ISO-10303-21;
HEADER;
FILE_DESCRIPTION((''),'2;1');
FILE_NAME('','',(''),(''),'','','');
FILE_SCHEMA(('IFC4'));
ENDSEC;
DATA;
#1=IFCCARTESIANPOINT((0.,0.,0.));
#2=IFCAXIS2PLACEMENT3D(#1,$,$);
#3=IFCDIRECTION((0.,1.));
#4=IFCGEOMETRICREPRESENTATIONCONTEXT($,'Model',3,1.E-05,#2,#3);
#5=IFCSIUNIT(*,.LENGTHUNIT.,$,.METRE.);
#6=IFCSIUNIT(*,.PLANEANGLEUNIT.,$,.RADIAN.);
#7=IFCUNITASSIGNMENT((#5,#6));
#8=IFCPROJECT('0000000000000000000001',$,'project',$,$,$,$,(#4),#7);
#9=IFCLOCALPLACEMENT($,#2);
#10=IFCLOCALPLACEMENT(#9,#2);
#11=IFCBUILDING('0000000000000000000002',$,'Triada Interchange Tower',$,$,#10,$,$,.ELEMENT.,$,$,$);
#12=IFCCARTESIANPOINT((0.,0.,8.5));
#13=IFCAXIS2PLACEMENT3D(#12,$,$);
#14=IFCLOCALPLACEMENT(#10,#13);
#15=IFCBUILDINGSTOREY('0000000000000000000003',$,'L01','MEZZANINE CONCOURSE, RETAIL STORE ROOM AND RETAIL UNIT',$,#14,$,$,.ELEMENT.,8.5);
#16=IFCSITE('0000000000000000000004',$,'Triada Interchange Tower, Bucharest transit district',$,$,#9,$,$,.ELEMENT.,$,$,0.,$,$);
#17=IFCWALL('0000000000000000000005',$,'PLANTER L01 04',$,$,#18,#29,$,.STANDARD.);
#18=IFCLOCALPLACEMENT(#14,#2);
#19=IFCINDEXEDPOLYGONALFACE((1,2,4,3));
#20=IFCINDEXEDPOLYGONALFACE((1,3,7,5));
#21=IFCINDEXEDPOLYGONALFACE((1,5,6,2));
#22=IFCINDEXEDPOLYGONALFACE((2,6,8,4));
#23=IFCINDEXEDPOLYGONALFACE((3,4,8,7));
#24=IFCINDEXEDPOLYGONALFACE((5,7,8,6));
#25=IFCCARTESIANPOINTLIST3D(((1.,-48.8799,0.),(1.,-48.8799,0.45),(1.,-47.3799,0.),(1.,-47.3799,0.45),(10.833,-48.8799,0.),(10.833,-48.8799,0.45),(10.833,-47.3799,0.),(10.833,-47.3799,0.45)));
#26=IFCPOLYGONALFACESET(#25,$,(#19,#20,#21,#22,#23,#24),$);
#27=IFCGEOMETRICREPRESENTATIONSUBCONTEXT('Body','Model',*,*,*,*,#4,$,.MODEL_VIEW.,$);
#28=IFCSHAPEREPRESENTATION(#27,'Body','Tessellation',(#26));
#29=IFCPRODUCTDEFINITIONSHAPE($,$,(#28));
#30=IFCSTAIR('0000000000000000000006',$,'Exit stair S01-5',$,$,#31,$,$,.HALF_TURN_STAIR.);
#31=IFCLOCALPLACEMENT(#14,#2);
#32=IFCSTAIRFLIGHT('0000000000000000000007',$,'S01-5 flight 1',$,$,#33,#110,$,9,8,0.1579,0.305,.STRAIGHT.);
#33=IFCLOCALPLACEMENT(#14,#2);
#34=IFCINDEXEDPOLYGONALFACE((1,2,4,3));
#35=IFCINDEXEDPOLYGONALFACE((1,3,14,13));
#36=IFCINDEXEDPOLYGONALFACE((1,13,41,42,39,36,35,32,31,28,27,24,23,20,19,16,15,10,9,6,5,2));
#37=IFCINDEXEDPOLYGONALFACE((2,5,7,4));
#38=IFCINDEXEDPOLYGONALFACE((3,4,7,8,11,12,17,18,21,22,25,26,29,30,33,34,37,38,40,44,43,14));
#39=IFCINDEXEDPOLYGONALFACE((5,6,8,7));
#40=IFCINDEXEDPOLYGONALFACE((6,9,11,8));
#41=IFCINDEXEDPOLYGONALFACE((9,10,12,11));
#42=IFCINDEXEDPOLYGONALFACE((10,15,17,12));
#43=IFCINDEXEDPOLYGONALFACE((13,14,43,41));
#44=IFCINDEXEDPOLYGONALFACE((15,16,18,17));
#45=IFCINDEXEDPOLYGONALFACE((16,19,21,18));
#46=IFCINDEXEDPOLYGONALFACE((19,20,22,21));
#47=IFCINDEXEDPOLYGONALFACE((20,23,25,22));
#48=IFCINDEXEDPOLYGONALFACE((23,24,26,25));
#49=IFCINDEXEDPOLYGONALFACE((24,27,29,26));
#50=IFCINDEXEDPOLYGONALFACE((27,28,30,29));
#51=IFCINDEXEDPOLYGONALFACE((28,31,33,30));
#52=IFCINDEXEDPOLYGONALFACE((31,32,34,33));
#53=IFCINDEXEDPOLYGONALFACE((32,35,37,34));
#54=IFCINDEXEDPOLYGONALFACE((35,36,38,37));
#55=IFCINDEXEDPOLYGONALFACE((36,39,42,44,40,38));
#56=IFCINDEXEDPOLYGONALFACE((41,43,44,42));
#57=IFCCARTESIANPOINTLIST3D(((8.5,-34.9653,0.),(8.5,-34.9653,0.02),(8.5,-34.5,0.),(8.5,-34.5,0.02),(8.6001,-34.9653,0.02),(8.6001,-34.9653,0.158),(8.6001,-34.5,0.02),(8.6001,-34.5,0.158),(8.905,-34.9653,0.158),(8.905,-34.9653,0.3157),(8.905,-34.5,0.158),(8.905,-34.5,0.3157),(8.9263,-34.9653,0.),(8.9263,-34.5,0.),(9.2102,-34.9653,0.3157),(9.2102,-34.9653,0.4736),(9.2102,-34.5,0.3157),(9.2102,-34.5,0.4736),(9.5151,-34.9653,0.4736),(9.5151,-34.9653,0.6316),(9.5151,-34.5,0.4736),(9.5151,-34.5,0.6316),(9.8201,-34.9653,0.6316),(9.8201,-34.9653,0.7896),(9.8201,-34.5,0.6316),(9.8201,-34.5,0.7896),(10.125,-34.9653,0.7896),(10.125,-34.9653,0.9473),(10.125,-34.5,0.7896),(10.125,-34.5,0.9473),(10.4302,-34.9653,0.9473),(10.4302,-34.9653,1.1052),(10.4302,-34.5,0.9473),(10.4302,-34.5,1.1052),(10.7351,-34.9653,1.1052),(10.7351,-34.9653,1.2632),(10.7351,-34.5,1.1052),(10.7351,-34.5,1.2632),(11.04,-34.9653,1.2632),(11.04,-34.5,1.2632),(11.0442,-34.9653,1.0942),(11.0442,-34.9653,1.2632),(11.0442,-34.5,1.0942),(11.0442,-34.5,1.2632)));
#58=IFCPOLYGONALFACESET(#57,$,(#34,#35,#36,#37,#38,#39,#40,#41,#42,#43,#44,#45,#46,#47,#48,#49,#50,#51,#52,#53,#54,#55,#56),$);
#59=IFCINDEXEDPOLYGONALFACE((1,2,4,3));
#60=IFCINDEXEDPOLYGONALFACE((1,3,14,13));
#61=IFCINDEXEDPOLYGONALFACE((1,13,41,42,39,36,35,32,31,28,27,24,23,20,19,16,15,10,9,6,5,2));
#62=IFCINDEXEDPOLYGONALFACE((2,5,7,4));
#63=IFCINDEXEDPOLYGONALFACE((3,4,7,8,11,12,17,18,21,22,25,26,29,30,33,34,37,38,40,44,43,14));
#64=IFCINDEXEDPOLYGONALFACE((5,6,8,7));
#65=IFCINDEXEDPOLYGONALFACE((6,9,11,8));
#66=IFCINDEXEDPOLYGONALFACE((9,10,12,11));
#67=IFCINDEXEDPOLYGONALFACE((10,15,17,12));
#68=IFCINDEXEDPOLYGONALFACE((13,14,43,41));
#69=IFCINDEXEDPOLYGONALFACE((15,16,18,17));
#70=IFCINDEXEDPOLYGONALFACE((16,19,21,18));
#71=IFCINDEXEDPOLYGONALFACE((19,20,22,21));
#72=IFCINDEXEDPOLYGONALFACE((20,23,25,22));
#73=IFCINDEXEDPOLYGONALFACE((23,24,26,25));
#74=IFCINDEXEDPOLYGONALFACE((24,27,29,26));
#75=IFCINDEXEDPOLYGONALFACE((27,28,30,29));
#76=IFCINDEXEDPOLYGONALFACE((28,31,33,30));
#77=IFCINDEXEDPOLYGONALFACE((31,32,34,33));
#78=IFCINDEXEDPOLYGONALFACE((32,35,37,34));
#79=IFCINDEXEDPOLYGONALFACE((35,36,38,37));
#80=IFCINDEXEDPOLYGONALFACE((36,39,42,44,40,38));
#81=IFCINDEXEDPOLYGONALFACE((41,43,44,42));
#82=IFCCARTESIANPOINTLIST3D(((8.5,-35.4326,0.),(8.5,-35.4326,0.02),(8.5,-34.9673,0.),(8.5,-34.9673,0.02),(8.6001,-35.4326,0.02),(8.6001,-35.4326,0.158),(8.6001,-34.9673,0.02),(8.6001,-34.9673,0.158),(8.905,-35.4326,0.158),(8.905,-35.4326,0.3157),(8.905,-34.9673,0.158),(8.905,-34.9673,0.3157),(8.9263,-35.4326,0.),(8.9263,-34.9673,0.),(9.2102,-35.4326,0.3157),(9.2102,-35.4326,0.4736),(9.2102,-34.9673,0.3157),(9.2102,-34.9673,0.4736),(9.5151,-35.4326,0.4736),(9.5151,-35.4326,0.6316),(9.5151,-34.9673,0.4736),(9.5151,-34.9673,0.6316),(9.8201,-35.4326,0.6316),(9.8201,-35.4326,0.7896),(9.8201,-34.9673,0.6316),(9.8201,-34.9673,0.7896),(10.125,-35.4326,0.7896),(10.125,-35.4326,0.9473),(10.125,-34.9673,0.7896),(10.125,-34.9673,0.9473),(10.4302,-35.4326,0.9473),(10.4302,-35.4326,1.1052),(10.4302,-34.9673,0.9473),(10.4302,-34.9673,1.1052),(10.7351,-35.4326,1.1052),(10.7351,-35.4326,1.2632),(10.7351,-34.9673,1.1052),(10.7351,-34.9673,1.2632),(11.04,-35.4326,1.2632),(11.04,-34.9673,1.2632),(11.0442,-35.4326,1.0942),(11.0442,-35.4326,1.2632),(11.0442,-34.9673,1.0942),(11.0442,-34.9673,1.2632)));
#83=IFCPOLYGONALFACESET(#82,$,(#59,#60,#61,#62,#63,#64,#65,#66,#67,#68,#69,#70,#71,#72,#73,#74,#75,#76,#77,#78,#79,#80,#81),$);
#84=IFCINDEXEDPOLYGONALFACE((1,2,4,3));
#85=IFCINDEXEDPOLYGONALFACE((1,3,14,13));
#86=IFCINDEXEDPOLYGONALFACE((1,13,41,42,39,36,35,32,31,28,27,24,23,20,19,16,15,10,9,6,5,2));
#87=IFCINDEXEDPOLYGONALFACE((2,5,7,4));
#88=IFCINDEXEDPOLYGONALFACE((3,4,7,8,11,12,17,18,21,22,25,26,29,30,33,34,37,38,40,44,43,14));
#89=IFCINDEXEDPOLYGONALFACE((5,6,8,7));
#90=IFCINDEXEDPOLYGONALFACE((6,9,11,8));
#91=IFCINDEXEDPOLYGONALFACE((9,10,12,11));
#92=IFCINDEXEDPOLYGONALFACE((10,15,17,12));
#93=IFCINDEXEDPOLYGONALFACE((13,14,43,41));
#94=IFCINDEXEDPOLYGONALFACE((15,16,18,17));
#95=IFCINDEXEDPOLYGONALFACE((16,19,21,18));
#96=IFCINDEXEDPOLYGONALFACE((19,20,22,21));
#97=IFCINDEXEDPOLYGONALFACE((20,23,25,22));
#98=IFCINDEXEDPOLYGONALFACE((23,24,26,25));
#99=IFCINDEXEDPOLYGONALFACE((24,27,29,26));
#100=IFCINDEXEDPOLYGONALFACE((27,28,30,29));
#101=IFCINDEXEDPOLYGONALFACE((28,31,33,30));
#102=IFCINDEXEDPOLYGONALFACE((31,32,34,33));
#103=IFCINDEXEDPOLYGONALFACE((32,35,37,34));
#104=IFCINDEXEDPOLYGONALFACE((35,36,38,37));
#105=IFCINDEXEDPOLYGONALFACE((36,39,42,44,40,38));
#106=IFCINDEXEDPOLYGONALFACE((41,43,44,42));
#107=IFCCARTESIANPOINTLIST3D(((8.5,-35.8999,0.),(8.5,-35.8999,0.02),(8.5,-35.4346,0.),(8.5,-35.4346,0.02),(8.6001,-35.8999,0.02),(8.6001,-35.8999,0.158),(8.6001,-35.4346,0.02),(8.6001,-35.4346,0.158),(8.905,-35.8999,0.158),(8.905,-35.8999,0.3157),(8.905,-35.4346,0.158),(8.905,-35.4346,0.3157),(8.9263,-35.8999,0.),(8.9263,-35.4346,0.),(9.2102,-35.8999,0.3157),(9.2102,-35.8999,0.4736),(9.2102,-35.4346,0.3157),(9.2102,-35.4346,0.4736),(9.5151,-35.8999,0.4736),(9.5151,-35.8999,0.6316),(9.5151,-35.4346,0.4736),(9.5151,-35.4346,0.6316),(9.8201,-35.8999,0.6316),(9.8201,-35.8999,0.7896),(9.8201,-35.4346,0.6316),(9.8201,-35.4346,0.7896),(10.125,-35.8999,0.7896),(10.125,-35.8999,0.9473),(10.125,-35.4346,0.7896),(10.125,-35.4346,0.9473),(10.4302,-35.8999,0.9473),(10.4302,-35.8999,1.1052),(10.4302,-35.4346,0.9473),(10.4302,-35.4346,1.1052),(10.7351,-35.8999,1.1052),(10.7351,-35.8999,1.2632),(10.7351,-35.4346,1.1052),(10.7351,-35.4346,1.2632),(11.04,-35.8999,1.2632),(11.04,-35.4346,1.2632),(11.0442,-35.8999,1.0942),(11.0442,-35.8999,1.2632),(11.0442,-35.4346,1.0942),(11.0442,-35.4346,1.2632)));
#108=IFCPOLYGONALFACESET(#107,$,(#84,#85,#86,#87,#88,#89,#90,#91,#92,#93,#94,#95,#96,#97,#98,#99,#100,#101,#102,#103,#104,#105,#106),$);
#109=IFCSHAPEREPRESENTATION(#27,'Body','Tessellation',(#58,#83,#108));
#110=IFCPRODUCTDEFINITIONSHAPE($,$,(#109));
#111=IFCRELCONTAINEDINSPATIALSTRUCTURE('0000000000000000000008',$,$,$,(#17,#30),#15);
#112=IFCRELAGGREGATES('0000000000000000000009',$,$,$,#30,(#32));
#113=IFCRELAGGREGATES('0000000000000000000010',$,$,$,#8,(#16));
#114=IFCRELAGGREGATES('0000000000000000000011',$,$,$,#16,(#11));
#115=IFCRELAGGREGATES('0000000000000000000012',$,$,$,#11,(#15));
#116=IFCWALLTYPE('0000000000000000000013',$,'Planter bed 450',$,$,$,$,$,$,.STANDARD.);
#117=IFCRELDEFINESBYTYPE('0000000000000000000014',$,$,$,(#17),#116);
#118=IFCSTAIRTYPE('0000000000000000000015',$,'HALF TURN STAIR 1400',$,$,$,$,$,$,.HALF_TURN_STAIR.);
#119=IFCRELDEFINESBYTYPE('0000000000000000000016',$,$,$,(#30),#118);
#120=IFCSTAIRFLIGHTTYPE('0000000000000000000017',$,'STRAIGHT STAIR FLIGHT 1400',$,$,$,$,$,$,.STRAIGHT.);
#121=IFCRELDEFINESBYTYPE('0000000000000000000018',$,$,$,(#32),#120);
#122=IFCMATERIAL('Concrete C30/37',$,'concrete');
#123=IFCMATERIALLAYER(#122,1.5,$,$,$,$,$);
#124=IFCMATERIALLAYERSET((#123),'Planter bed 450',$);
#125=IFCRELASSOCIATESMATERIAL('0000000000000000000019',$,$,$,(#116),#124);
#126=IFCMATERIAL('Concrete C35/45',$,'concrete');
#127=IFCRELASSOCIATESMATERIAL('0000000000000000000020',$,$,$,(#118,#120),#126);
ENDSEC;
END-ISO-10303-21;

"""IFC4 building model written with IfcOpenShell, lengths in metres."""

from ifc_helpers import new_model, si_unit, direction, frame, frame_2d, origin, place, context, subcontext, project, spatial, polyline, rectangle, outline, extrude, material, layer, layer_set, type_object, element, aggregate, save


model = new_model("IFC4")

# Units and contexts
model_context = context("Model", 3, precision=1e-05, world=origin(), true_north=direction((0.0, 1.0)))
body_context = subcontext(model_context, "Body", "Model", "MODEL_VIEW")
ifc_project = project(units=[si_unit("LENGTHUNIT", "METRE"), si_unit("PLANEANGLEUNIT", "RADIAN")], contexts=[model_context])

# Site, building, storey
site_placement = place(None, origin())
site = spatial("IfcSite", under=ifc_project, at=site_placement, Name="Triada Interchange Tower, Bucharest transit district", CompositionType="ELEMENT", RefElevation=0.0)
building_placement = place(site_placement, origin())
building = spatial("IfcBuilding", under=site, at=building_placement, Name="Triada Interchange Tower", CompositionType="ELEMENT")
storey_placement = place(building_placement, frame((0.0, 0.0, 8.5)))
storey = spatial("IfcBuildingStorey", under=building, at=storey_placement, Name="L01", Description="MEZZANINE CONCOURSE, RETAIL STORE ROOM AND RETAIL UNIT", CompositionType="ELEMENT", Elevation=8.5)

# Shared definitions
ifc_material_1 = material(Name="Concrete C30/37", Category="concrete")

# Wall
ifc_layer_1 = layer(ifc_material_1, 1.5)
ifc_layer_set_1 = layer_set([ifc_layer_1], Name="Planter bed 450")
wall_type_1 = type_object("IfcWallType", Name="Planter bed 450", PredefinedType="STANDARD", material=ifc_layer_set_1)
wall_1_placement = place(storey_placement, frame((1.0, -48.1299, 0.0), z_axis=(0.0, 0.0, 1.0), x_axis=(1.0, 0.0, 0.0)))
element("IfcWall", 1, at=wall_1_placement, inside=storey, type_object=wall_type_1, Name="PLANTER L01 04", PredefinedType="STANDARD", context=body_context, shape_type="SweptSolid", body=[
    extrude(rectangle(XDim=9.833, YDim=1.5, at=frame_2d((4.9165, 0.0))), origin(), (0.0, 0.0, 1.0), 0.45),
])

# Stair, stair flight
ifc_material_2 = material(Name="Concrete C35/45", Category="concrete")
stair_type = type_object("IfcStairType", Name="HALF TURN STAIR 1400", PredefinedType="HALF_TURN_STAIR", material=ifc_material_2)
stair_placement = place(storey_placement, origin())
stair = element("IfcStair", 2, at=stair_placement, inside=storey, type_object=stair_type, Name="Exit stair S01-5", PredefinedType="HALF_TURN_STAIR")
stair_flight_type = type_object("IfcStairFlightType", Name="STRAIGHT STAIR FLIGHT 1400", PredefinedType="STRAIGHT", material=ifc_material_2)
stair_flight_placement = place(storey_placement, frame((8.6001, -35.2, 0.0), z_axis=(0.0, 0.0, 1.0), x_axis=(1.0, 0.0, 0.0)))
stair_flight = element("IfcStairFlight", 3, at=stair_flight_placement, type_object=stair_flight_type, Name="S01-5 flight 1", NumberOfRisers=9, NumberOfTreads=8, PredefinedType="STRAIGHT", RiserHeight=0.1579, TreadLength=0.305, context=body_context, shape_type="SweptSolid", body=[
    extrude(outline(polyline([(-0.1001, 0.0), (-0.1001, 0.02), (0.0, 0.02), (0.0, 0.158), (0.3049, 0.158), (0.3049, 0.3157), (0.6101, 0.3157), (0.6101, 0.4736), (0.915, 0.4736), (0.915, 0.6316), (1.22, 0.6316), (1.22, 0.7896), (1.5249, 0.7896), (1.5249, 0.9473), (1.8301, 0.9473), (1.8301, 1.1052), (2.135, 1.1052), (2.135, 1.2632), (2.4399, 1.2632), (2.4441, 1.2632), (2.4441, 1.4209), (2.4441, 1.0942), (0.3262, 0.0), (-0.1001, 0.0)])), frame((0.0, 0.7, 0.0), z_axis=(0.0, -1.0, 0.0), x_axis=(1.0, 0.0, 0.0)), (0.0, 0.0, 1.0), 0.4653),
    extrude(outline(polyline([(-0.1001, 0.0), (-0.1001, 0.02), (0.0, 0.02), (0.0, 0.158), (0.3049, 0.158), (0.3049, 0.3157), (0.6101, 0.3157), (0.6101, 0.4736), (0.915, 0.4736), (0.915, 0.6316), (1.22, 0.6316), (1.22, 0.7896), (1.5249, 0.7896), (1.5249, 0.9473), (1.8301, 0.9473), (1.8301, 1.1052), (2.135, 1.1052), (2.135, 1.2632), (2.4399, 1.2632), (2.4441, 1.2632), (2.4441, 1.4209), (2.4441, 1.0942), (0.3262, 0.0), (-0.1001, 0.0)])), frame((0.0, 0.2327, 0.0), z_axis=(0.0, -1.0, 0.0), x_axis=(1.0, 0.0, 0.0)), (0.0, 0.0, 1.0), 0.4653),
    extrude(outline(polyline([(-0.1001, 0.0), (-0.1001, 0.02), (0.0, 0.02), (0.0, 0.158), (0.3049, 0.158), (0.3049, 0.3157), (0.6101, 0.3157), (0.6101, 0.4736), (0.915, 0.4736), (0.915, 0.6316), (1.22, 0.6316), (1.22, 0.7896), (1.5249, 0.7896), (1.5249, 0.9473), (1.8301, 0.9473), (1.8301, 1.1052), (2.135, 1.1052), (2.135, 1.2632), (2.4399, 1.2632), (2.4441, 1.2632), (2.4441, 1.4209), (2.4441, 1.0942), (0.3262, 0.0), (-0.1001, 0.0)])), frame((0.0, -0.2346, 0.0), z_axis=(0.0, -1.0, 0.0), x_axis=(1.0, 0.0, 0.0)), (0.0, 0.0, 1.0), 0.4653),
])
aggregate(stair, [stair_flight])

save(model, "model.ifc")
